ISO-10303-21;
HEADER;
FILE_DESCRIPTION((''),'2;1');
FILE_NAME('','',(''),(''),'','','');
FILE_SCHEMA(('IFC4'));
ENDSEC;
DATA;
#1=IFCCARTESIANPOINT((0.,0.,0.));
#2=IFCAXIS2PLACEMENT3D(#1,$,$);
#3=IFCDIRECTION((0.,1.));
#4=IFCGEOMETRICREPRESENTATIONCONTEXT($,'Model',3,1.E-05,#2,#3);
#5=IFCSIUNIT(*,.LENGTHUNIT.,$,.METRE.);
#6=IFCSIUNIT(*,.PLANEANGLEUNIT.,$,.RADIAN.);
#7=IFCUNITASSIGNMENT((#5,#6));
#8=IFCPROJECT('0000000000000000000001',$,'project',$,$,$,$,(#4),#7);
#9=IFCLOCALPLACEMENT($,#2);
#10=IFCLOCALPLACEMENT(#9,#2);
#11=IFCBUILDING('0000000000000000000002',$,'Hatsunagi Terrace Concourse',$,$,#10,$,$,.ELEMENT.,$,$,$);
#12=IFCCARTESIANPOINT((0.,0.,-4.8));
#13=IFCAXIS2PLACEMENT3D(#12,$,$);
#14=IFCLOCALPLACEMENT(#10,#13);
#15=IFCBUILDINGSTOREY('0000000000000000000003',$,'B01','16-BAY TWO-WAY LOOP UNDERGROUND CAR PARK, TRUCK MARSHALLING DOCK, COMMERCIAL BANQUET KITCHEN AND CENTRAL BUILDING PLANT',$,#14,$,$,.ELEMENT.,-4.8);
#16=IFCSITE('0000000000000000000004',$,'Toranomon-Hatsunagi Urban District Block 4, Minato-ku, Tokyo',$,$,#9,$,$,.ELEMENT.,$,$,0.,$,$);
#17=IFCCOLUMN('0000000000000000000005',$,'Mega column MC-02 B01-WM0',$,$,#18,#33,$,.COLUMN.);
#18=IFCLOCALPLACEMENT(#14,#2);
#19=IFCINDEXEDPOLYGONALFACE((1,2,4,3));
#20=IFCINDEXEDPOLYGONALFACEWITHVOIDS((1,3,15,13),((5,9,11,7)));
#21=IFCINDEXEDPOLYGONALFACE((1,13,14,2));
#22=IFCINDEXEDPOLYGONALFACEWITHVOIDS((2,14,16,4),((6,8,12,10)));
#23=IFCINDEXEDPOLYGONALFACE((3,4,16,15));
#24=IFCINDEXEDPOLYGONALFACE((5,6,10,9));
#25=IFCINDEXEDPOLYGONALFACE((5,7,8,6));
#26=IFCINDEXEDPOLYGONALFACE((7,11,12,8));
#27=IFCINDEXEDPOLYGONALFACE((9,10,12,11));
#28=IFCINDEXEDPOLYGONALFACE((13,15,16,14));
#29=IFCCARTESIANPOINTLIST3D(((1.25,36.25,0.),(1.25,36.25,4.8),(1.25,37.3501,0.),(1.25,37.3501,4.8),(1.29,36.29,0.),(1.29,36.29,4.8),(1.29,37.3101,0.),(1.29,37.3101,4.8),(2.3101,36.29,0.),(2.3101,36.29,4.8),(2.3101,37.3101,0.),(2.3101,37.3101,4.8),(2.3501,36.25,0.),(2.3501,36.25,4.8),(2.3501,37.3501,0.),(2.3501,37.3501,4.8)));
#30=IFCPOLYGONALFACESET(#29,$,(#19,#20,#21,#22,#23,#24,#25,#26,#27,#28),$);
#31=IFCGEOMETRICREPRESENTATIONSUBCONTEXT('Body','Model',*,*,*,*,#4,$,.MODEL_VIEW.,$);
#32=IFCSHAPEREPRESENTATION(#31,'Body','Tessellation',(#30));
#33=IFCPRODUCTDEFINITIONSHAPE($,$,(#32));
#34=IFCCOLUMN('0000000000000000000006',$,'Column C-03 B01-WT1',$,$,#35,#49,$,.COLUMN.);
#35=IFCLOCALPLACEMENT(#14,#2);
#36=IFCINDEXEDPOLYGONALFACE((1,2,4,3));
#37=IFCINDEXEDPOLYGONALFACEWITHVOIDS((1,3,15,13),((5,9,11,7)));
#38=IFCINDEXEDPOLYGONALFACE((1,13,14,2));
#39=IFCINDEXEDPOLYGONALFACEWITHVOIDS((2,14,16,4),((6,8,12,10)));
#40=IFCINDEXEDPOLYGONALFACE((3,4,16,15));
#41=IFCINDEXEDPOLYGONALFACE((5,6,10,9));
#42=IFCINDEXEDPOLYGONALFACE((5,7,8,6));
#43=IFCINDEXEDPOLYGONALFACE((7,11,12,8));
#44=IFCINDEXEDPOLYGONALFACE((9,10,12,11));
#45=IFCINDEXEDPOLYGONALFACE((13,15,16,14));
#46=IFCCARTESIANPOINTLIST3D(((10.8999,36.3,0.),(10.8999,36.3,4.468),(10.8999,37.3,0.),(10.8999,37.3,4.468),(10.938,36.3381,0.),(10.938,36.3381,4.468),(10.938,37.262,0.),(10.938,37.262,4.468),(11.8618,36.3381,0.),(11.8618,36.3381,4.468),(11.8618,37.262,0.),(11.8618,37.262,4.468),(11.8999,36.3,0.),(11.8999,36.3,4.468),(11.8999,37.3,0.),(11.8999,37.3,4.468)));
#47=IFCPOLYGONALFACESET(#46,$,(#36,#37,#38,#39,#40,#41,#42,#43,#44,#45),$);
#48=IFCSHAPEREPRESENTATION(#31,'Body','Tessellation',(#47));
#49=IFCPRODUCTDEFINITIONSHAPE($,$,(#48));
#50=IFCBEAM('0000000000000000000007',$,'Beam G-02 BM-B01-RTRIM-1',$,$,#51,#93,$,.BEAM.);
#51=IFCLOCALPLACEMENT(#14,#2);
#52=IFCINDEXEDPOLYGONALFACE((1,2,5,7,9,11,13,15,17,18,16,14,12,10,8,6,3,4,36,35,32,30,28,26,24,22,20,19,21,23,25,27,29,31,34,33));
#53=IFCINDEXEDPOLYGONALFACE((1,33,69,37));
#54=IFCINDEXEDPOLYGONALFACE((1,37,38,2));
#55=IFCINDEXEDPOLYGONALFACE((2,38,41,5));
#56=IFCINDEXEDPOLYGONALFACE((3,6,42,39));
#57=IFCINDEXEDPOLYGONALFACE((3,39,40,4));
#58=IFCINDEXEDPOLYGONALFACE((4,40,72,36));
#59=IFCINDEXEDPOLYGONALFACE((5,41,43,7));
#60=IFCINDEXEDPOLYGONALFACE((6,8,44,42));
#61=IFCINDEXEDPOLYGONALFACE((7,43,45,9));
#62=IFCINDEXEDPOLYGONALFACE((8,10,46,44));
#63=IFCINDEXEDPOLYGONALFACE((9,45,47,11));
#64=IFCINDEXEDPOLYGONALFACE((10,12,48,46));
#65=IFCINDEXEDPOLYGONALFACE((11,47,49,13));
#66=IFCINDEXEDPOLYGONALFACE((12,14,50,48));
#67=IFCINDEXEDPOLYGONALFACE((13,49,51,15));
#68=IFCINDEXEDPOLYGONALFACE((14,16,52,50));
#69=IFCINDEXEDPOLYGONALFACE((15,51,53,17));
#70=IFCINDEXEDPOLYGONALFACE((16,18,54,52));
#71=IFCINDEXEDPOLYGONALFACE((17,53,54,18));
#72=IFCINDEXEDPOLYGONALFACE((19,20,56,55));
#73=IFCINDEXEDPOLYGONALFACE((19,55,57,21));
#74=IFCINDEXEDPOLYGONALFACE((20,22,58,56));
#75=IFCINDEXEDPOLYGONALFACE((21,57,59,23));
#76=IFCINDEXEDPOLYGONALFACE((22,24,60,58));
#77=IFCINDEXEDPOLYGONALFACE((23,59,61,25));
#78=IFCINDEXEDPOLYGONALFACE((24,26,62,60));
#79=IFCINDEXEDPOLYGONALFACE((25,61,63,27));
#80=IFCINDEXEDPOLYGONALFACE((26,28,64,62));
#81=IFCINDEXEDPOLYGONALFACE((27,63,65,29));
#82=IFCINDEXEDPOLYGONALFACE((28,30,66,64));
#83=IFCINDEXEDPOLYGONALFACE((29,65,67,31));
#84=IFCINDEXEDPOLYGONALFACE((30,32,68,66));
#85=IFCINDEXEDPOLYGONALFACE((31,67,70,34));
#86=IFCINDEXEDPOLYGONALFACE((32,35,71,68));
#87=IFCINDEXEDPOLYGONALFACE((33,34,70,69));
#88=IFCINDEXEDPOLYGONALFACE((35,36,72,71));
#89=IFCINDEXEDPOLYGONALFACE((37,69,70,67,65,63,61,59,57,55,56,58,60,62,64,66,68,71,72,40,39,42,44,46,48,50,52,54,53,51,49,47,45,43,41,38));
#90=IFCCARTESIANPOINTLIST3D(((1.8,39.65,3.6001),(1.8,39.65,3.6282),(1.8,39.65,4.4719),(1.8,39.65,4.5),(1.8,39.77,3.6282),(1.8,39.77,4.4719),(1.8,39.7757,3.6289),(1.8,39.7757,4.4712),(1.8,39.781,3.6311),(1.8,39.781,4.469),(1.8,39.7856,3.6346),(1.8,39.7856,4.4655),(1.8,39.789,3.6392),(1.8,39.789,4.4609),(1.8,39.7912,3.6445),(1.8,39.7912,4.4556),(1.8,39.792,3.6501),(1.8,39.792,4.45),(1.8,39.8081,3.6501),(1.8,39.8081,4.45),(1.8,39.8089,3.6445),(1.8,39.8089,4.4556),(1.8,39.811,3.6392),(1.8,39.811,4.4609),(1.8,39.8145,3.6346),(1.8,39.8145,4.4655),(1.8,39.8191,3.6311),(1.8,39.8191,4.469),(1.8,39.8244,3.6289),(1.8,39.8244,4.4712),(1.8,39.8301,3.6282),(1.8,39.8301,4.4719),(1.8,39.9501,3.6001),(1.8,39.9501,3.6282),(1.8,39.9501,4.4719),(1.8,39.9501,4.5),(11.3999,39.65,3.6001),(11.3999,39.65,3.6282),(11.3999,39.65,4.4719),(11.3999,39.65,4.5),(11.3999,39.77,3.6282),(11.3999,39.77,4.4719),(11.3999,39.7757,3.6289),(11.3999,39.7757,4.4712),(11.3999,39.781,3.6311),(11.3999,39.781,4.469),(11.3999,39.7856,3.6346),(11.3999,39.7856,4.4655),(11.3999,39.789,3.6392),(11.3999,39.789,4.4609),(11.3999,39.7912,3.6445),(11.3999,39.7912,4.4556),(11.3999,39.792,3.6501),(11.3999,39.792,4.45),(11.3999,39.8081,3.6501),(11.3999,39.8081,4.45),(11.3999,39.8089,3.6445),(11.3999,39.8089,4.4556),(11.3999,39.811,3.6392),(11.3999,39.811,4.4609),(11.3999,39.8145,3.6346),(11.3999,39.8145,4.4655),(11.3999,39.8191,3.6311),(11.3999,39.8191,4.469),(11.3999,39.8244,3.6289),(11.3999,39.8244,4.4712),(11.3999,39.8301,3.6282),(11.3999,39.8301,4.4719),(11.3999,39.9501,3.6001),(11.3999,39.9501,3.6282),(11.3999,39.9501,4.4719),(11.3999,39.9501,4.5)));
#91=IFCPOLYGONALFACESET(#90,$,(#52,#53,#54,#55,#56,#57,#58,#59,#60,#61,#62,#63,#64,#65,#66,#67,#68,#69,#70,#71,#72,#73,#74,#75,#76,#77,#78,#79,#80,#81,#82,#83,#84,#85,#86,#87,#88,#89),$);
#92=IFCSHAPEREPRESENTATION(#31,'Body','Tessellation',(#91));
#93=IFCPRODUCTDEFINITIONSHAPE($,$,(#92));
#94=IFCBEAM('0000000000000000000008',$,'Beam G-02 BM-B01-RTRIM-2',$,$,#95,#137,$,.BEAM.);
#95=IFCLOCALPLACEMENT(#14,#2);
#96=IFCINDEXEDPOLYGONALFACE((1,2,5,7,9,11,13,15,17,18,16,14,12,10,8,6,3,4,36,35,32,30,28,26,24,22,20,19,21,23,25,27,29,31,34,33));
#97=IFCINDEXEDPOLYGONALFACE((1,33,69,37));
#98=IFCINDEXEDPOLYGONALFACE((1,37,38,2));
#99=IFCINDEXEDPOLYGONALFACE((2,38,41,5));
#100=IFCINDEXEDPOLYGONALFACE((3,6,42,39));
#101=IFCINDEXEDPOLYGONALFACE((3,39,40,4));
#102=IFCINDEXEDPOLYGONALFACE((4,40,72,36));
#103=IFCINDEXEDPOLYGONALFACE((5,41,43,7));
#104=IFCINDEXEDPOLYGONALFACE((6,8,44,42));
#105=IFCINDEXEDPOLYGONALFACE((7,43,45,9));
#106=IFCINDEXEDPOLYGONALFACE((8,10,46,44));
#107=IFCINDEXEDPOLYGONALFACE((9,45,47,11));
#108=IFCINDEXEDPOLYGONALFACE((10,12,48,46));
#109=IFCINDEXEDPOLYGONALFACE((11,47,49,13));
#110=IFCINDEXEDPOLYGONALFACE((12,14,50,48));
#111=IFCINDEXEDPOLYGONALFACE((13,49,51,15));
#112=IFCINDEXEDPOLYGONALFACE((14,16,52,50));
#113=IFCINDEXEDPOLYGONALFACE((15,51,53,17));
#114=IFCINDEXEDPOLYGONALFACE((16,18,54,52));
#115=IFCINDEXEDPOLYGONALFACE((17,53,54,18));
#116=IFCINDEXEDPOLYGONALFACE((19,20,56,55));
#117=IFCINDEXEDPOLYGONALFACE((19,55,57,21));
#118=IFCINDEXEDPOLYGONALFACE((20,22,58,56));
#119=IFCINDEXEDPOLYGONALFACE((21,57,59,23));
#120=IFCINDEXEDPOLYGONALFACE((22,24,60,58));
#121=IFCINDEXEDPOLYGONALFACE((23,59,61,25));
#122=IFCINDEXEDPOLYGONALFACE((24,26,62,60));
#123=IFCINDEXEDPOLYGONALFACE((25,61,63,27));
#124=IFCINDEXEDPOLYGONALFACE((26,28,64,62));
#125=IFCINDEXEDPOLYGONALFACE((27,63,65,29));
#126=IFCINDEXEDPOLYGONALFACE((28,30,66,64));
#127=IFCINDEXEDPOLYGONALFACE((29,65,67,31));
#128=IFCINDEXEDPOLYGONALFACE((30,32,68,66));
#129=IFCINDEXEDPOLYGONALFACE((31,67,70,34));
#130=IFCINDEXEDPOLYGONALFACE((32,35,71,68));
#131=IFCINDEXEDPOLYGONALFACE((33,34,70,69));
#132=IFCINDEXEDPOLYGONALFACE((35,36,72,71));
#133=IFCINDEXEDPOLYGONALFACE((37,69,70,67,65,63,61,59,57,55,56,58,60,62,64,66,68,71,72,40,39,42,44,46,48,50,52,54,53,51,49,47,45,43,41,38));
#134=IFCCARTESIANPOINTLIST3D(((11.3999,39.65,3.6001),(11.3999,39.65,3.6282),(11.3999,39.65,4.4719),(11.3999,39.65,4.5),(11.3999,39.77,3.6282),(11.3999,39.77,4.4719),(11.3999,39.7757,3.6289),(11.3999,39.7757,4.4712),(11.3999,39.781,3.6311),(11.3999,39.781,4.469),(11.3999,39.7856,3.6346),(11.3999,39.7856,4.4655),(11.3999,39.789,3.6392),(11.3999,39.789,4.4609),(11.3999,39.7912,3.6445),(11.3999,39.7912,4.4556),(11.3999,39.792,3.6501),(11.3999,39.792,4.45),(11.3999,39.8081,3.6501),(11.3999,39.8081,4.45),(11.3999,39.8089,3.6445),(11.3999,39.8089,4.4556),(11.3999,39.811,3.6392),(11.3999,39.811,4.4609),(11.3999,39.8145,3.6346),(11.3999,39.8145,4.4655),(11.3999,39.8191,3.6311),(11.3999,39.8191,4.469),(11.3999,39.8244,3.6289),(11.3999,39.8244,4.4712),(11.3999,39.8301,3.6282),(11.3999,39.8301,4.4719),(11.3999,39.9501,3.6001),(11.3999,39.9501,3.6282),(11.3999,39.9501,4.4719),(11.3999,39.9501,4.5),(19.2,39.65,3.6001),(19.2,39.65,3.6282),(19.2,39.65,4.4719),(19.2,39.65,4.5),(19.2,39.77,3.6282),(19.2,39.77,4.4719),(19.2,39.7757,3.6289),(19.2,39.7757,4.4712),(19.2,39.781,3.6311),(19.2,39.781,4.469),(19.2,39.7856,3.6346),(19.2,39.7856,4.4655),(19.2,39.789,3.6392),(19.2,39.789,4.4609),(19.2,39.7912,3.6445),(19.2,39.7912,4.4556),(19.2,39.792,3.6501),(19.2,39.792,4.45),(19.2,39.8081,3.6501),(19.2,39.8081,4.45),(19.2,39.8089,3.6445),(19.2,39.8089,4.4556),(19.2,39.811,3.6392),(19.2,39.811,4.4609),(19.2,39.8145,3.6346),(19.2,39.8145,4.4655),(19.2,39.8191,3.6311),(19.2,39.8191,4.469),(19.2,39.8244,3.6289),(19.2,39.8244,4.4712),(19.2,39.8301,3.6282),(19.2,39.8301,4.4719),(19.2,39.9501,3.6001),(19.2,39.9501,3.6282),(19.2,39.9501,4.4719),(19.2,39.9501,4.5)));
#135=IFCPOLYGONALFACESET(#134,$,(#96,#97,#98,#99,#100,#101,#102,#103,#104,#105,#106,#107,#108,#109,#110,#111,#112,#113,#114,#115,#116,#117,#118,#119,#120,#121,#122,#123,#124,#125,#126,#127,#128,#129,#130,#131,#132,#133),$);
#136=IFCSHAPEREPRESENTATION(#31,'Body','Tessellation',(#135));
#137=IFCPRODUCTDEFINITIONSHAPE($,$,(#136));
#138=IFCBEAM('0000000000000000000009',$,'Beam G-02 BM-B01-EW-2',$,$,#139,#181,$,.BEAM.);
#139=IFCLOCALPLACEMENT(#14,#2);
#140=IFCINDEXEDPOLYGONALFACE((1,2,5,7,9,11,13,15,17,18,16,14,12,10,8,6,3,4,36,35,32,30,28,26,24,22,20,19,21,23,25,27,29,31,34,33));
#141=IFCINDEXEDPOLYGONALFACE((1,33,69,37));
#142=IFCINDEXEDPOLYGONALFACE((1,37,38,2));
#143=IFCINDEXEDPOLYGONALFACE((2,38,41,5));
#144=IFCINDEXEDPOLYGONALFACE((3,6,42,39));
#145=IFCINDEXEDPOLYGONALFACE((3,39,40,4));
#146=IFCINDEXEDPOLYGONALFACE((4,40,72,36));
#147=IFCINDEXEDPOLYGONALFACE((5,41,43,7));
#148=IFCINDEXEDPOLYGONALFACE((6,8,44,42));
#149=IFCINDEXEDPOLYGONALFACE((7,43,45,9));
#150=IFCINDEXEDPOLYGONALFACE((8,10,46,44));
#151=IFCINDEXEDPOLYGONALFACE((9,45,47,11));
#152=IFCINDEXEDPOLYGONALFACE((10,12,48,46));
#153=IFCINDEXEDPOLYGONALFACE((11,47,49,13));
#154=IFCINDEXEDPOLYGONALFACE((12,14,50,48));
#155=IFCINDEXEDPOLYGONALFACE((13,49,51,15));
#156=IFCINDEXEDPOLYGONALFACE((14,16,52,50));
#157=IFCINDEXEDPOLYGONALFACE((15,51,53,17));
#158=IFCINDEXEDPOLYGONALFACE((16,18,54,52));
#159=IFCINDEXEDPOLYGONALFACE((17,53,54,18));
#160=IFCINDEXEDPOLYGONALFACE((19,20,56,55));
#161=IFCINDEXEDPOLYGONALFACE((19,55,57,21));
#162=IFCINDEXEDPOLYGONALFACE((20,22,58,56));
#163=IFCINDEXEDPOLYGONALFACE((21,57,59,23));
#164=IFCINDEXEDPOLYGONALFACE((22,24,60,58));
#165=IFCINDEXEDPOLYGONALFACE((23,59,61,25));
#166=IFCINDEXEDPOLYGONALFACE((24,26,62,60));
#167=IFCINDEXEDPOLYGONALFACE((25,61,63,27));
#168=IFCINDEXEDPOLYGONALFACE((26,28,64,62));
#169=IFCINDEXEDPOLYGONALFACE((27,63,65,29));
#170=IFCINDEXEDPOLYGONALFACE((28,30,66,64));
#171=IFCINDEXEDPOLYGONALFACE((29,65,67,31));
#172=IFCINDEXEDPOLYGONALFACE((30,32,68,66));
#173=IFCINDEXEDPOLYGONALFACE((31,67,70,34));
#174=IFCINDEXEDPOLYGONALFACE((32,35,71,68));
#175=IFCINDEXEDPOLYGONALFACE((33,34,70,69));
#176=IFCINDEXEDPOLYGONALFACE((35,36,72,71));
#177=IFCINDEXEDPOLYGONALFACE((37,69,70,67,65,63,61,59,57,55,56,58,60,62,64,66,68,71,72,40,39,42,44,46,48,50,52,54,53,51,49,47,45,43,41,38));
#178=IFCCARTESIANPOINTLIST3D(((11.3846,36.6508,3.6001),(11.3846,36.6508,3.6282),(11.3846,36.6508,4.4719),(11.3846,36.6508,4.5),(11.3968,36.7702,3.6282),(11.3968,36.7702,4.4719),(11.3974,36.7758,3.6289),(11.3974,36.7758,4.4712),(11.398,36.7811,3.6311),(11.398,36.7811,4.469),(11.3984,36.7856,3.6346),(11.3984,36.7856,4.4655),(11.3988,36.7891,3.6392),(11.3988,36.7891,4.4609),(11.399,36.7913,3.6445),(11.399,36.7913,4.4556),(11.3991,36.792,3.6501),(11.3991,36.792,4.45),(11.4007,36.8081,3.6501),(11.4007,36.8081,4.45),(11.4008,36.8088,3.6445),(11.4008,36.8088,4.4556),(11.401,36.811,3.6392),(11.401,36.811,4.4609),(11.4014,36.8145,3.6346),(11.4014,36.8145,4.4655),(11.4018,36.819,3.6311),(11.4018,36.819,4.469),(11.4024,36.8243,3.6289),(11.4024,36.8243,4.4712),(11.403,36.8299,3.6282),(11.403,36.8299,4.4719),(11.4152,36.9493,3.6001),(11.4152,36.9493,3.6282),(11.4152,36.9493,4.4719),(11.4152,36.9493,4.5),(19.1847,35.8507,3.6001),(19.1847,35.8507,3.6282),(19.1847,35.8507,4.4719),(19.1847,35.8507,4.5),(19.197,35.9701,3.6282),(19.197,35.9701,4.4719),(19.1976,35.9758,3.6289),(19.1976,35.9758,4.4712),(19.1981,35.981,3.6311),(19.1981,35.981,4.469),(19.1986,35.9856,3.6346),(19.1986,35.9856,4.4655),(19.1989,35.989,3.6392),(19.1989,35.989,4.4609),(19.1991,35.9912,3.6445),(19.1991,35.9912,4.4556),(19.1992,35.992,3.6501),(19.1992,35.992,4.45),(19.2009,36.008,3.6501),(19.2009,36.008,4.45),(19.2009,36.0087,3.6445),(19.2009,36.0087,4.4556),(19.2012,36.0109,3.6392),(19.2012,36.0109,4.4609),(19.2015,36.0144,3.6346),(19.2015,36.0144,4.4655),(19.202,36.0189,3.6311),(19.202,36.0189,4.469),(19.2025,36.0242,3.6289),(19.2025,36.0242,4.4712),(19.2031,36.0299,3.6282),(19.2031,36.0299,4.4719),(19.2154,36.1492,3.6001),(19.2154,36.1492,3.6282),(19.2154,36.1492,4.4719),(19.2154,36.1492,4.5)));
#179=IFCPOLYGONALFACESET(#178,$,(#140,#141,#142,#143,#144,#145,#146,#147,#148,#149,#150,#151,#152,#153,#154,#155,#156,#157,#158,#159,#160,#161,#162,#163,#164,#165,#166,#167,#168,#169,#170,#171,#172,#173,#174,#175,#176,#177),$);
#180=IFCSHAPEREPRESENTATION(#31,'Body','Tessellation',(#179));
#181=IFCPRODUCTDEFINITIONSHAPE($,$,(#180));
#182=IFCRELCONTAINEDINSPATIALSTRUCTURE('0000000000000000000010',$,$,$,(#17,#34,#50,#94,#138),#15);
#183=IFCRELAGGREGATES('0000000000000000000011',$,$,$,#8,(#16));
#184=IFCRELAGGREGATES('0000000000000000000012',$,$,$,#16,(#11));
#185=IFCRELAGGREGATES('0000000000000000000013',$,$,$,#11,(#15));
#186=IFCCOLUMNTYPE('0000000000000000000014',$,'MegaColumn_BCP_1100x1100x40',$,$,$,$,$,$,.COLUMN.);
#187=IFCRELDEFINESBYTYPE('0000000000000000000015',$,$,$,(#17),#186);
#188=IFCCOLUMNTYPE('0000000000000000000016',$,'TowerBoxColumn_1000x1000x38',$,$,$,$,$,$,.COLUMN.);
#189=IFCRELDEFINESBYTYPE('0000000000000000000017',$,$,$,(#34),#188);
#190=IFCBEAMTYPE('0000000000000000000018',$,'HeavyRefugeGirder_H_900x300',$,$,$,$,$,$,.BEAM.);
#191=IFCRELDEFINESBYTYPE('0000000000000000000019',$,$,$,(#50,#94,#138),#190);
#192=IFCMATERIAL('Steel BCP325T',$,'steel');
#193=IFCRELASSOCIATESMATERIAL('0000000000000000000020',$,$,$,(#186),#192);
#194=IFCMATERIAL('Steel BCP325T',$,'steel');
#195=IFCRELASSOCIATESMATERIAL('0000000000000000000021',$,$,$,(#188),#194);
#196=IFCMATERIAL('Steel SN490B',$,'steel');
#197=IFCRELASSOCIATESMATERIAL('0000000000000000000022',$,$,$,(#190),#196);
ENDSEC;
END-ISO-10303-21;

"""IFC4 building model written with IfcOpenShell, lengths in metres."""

from ifc_helpers import new_model, si_unit, direction, frame, origin, origin_2d, place, context, subcontext, project, spatial, hollow_rectangle, i_section, extrude, material, material_profile, profile_set, type_object, element, save


model = new_model("IFC4")

# Units and contexts
model_context = context("Model", 3, precision=1e-05, world=origin(), true_north=direction((0.0, 1.0)))
body_context = subcontext(model_context, "Body", "Model", "MODEL_VIEW")
ifc_project = project(units=[si_unit("LENGTHUNIT", "METRE"), si_unit("PLANEANGLEUNIT", "RADIAN")], contexts=[model_context])

# Site, building, storey
site_placement = place(None, origin())
site = spatial("IfcSite", under=ifc_project, at=site_placement, Name="Toranomon-Hatsunagi Urban District Block 4, Minato-ku, Tokyo", CompositionType="ELEMENT", RefElevation=0.0)
building_placement = place(site_placement, origin())
building = spatial("IfcBuilding", under=site, at=building_placement, Name="Hatsunagi Terrace Concourse", CompositionType="ELEMENT")
storey_placement = place(building_placement, frame((0.0, 0.0, -4.8)))
storey = spatial("IfcBuildingStorey", under=building, at=storey_placement, Name="B01", Description="16-BAY TWO-WAY LOOP UNDERGROUND CAR PARK, TRUCK MARSHALLING DOCK, COMMERCIAL BANQUET KITCHEN AND CENTRAL BUILDING PLANT", CompositionType="ELEMENT", Elevation=-4.8)

# Columns
ifc_material_1 = material(Name="Steel BCP325T", Category="steel")
ifc_material_profile_1 = material_profile(ifc_material_1, hollow_rectangle(XDim=1.1001, YDim=1.1001, WallThickness=0.04, at=origin_2d()), Name="BCP-1100x1100x40")
ifc_profile_set_1 = profile_set([ifc_material_profile_1], Name="Steel BCP325T")
column_type_1 = type_object("IfcColumnType", Name="MegaColumn_BCP_1100x1100x40", PredefinedType="COLUMN", material=ifc_profile_set_1)
column_1_placement = place(storey_placement, frame((1.8, 36.8, 0.0), z_axis=(0.0, 0.0, 1.0), x_axis=(1.0, 0.0, 0.0)))
element("IfcColumn", 1, at=column_1_placement, inside=storey, type_object=column_type_1, Name="Mega column MC-02 B01-WM0", PredefinedType="COLUMN", context=body_context, shape_type="SweptSolid", body=[
    extrude(hollow_rectangle(XDim=1.1001, YDim=1.1001, WallThickness=0.04, at=origin_2d()), origin(), (0.0, 0.0, 1.0), 4.8),
])
ifc_material_2 = material(Name="Steel BCP325T", Category="steel")
ifc_material_profile_2 = material_profile(ifc_material_2, hollow_rectangle(XDim=1.0, YDim=1.0, WallThickness=0.0381, at=origin_2d()), Name="BCP-1000x1000x38")
ifc_profile_set_2 = profile_set([ifc_material_profile_2], Name="Steel BCP325T")
column_type_2 = type_object("IfcColumnType", Name="TowerBoxColumn_1000x1000x38", PredefinedType="COLUMN", material=ifc_profile_set_2)
column_2_placement = place(storey_placement, frame((11.3999, 36.8, 0.0), z_axis=(0.0, 0.0, 1.0), x_axis=(1.0, 0.0, 0.0)))
element("IfcColumn", 2, at=column_2_placement, inside=storey, type_object=column_type_2, Name="Column C-03 B01-WT1", PredefinedType="COLUMN", context=body_context, shape_type="SweptSolid", body=[
    extrude(hollow_rectangle(XDim=1.0, YDim=1.0, WallThickness=0.0381, at=origin_2d()), origin(), (0.0, 0.0, 1.0), 4.468),
])

# Beams
ifc_material_3 = material(Name="Steel SN490B", Category="steel")
ifc_material_profile_3 = material_profile(ifc_material_3, i_section(OverallWidth=0.3, OverallDepth=0.8999, WebThickness=0.0161, FlangeThickness=0.0281, FilletRadius=0.022, at=origin_2d()), Name="H-900x300x16x28")
ifc_profile_set_3 = profile_set([ifc_material_profile_3], Name="Steel SN490B")
beam_type_1 = type_object("IfcBeamType", Name="HeavyRefugeGirder_H_900x300", PredefinedType="BEAM", material=ifc_profile_set_3)
beam_1_placement = place(storey_placement, frame((1.8, 39.8, 4.05), z_axis=(1.0, 0.0, 0.0), x_axis=(0.0, 1.0, 0.0)))
element("IfcBeam", 3, at=beam_1_placement, inside=storey, type_object=beam_type_1, Name="Beam G-02 BM-B01-RTRIM-1", PredefinedType="BEAM", context=body_context, shape_type="SweptSolid", body=[
    extrude(i_section(OverallWidth=0.3, OverallDepth=0.8999, WebThickness=0.0161, FlangeThickness=0.0281, FilletRadius=0.022, at=origin_2d()), origin(), (0.0, 0.0, 1.0), 9.5999),
])
beam_2_placement = place(storey_placement, frame((11.3999, 39.8, 4.05), z_axis=(1.0, 0.0, 0.0), x_axis=(0.0, 1.0, 0.0)))
element("IfcBeam", 4, at=beam_2_placement, inside=storey, type_object=beam_type_1, Name="Beam G-02 BM-B01-RTRIM-2", PredefinedType="BEAM", context=body_context, shape_type="SweptSolid", body=[
    extrude(i_section(OverallWidth=0.3, OverallDepth=0.8999, WebThickness=0.0161, FlangeThickness=0.0281, FilletRadius=0.022, at=origin_2d()), origin(), (0.0, 0.0, 1.0), 7.8),
])
beam_3_placement = place(storey_placement, frame((11.3999, 36.8, 4.05), z_axis=(0.994781, -0.102034, 0.0), x_axis=(0.102034, 0.994781, 0.0)))
element("IfcBeam", 5, at=beam_3_placement, inside=storey, type_object=beam_type_1, Name="Beam G-02 BM-B01-EW-2", PredefinedType="BEAM", context=body_context, shape_type="SweptSolid", body=[
    extrude(i_section(OverallWidth=0.3, OverallDepth=0.8999, WebThickness=0.0161, FlangeThickness=0.0281, FilletRadius=0.022, at=origin_2d()), origin(), (0.0, 0.0, 1.0), 7.8411),
])

save(model, "model.ifc")
